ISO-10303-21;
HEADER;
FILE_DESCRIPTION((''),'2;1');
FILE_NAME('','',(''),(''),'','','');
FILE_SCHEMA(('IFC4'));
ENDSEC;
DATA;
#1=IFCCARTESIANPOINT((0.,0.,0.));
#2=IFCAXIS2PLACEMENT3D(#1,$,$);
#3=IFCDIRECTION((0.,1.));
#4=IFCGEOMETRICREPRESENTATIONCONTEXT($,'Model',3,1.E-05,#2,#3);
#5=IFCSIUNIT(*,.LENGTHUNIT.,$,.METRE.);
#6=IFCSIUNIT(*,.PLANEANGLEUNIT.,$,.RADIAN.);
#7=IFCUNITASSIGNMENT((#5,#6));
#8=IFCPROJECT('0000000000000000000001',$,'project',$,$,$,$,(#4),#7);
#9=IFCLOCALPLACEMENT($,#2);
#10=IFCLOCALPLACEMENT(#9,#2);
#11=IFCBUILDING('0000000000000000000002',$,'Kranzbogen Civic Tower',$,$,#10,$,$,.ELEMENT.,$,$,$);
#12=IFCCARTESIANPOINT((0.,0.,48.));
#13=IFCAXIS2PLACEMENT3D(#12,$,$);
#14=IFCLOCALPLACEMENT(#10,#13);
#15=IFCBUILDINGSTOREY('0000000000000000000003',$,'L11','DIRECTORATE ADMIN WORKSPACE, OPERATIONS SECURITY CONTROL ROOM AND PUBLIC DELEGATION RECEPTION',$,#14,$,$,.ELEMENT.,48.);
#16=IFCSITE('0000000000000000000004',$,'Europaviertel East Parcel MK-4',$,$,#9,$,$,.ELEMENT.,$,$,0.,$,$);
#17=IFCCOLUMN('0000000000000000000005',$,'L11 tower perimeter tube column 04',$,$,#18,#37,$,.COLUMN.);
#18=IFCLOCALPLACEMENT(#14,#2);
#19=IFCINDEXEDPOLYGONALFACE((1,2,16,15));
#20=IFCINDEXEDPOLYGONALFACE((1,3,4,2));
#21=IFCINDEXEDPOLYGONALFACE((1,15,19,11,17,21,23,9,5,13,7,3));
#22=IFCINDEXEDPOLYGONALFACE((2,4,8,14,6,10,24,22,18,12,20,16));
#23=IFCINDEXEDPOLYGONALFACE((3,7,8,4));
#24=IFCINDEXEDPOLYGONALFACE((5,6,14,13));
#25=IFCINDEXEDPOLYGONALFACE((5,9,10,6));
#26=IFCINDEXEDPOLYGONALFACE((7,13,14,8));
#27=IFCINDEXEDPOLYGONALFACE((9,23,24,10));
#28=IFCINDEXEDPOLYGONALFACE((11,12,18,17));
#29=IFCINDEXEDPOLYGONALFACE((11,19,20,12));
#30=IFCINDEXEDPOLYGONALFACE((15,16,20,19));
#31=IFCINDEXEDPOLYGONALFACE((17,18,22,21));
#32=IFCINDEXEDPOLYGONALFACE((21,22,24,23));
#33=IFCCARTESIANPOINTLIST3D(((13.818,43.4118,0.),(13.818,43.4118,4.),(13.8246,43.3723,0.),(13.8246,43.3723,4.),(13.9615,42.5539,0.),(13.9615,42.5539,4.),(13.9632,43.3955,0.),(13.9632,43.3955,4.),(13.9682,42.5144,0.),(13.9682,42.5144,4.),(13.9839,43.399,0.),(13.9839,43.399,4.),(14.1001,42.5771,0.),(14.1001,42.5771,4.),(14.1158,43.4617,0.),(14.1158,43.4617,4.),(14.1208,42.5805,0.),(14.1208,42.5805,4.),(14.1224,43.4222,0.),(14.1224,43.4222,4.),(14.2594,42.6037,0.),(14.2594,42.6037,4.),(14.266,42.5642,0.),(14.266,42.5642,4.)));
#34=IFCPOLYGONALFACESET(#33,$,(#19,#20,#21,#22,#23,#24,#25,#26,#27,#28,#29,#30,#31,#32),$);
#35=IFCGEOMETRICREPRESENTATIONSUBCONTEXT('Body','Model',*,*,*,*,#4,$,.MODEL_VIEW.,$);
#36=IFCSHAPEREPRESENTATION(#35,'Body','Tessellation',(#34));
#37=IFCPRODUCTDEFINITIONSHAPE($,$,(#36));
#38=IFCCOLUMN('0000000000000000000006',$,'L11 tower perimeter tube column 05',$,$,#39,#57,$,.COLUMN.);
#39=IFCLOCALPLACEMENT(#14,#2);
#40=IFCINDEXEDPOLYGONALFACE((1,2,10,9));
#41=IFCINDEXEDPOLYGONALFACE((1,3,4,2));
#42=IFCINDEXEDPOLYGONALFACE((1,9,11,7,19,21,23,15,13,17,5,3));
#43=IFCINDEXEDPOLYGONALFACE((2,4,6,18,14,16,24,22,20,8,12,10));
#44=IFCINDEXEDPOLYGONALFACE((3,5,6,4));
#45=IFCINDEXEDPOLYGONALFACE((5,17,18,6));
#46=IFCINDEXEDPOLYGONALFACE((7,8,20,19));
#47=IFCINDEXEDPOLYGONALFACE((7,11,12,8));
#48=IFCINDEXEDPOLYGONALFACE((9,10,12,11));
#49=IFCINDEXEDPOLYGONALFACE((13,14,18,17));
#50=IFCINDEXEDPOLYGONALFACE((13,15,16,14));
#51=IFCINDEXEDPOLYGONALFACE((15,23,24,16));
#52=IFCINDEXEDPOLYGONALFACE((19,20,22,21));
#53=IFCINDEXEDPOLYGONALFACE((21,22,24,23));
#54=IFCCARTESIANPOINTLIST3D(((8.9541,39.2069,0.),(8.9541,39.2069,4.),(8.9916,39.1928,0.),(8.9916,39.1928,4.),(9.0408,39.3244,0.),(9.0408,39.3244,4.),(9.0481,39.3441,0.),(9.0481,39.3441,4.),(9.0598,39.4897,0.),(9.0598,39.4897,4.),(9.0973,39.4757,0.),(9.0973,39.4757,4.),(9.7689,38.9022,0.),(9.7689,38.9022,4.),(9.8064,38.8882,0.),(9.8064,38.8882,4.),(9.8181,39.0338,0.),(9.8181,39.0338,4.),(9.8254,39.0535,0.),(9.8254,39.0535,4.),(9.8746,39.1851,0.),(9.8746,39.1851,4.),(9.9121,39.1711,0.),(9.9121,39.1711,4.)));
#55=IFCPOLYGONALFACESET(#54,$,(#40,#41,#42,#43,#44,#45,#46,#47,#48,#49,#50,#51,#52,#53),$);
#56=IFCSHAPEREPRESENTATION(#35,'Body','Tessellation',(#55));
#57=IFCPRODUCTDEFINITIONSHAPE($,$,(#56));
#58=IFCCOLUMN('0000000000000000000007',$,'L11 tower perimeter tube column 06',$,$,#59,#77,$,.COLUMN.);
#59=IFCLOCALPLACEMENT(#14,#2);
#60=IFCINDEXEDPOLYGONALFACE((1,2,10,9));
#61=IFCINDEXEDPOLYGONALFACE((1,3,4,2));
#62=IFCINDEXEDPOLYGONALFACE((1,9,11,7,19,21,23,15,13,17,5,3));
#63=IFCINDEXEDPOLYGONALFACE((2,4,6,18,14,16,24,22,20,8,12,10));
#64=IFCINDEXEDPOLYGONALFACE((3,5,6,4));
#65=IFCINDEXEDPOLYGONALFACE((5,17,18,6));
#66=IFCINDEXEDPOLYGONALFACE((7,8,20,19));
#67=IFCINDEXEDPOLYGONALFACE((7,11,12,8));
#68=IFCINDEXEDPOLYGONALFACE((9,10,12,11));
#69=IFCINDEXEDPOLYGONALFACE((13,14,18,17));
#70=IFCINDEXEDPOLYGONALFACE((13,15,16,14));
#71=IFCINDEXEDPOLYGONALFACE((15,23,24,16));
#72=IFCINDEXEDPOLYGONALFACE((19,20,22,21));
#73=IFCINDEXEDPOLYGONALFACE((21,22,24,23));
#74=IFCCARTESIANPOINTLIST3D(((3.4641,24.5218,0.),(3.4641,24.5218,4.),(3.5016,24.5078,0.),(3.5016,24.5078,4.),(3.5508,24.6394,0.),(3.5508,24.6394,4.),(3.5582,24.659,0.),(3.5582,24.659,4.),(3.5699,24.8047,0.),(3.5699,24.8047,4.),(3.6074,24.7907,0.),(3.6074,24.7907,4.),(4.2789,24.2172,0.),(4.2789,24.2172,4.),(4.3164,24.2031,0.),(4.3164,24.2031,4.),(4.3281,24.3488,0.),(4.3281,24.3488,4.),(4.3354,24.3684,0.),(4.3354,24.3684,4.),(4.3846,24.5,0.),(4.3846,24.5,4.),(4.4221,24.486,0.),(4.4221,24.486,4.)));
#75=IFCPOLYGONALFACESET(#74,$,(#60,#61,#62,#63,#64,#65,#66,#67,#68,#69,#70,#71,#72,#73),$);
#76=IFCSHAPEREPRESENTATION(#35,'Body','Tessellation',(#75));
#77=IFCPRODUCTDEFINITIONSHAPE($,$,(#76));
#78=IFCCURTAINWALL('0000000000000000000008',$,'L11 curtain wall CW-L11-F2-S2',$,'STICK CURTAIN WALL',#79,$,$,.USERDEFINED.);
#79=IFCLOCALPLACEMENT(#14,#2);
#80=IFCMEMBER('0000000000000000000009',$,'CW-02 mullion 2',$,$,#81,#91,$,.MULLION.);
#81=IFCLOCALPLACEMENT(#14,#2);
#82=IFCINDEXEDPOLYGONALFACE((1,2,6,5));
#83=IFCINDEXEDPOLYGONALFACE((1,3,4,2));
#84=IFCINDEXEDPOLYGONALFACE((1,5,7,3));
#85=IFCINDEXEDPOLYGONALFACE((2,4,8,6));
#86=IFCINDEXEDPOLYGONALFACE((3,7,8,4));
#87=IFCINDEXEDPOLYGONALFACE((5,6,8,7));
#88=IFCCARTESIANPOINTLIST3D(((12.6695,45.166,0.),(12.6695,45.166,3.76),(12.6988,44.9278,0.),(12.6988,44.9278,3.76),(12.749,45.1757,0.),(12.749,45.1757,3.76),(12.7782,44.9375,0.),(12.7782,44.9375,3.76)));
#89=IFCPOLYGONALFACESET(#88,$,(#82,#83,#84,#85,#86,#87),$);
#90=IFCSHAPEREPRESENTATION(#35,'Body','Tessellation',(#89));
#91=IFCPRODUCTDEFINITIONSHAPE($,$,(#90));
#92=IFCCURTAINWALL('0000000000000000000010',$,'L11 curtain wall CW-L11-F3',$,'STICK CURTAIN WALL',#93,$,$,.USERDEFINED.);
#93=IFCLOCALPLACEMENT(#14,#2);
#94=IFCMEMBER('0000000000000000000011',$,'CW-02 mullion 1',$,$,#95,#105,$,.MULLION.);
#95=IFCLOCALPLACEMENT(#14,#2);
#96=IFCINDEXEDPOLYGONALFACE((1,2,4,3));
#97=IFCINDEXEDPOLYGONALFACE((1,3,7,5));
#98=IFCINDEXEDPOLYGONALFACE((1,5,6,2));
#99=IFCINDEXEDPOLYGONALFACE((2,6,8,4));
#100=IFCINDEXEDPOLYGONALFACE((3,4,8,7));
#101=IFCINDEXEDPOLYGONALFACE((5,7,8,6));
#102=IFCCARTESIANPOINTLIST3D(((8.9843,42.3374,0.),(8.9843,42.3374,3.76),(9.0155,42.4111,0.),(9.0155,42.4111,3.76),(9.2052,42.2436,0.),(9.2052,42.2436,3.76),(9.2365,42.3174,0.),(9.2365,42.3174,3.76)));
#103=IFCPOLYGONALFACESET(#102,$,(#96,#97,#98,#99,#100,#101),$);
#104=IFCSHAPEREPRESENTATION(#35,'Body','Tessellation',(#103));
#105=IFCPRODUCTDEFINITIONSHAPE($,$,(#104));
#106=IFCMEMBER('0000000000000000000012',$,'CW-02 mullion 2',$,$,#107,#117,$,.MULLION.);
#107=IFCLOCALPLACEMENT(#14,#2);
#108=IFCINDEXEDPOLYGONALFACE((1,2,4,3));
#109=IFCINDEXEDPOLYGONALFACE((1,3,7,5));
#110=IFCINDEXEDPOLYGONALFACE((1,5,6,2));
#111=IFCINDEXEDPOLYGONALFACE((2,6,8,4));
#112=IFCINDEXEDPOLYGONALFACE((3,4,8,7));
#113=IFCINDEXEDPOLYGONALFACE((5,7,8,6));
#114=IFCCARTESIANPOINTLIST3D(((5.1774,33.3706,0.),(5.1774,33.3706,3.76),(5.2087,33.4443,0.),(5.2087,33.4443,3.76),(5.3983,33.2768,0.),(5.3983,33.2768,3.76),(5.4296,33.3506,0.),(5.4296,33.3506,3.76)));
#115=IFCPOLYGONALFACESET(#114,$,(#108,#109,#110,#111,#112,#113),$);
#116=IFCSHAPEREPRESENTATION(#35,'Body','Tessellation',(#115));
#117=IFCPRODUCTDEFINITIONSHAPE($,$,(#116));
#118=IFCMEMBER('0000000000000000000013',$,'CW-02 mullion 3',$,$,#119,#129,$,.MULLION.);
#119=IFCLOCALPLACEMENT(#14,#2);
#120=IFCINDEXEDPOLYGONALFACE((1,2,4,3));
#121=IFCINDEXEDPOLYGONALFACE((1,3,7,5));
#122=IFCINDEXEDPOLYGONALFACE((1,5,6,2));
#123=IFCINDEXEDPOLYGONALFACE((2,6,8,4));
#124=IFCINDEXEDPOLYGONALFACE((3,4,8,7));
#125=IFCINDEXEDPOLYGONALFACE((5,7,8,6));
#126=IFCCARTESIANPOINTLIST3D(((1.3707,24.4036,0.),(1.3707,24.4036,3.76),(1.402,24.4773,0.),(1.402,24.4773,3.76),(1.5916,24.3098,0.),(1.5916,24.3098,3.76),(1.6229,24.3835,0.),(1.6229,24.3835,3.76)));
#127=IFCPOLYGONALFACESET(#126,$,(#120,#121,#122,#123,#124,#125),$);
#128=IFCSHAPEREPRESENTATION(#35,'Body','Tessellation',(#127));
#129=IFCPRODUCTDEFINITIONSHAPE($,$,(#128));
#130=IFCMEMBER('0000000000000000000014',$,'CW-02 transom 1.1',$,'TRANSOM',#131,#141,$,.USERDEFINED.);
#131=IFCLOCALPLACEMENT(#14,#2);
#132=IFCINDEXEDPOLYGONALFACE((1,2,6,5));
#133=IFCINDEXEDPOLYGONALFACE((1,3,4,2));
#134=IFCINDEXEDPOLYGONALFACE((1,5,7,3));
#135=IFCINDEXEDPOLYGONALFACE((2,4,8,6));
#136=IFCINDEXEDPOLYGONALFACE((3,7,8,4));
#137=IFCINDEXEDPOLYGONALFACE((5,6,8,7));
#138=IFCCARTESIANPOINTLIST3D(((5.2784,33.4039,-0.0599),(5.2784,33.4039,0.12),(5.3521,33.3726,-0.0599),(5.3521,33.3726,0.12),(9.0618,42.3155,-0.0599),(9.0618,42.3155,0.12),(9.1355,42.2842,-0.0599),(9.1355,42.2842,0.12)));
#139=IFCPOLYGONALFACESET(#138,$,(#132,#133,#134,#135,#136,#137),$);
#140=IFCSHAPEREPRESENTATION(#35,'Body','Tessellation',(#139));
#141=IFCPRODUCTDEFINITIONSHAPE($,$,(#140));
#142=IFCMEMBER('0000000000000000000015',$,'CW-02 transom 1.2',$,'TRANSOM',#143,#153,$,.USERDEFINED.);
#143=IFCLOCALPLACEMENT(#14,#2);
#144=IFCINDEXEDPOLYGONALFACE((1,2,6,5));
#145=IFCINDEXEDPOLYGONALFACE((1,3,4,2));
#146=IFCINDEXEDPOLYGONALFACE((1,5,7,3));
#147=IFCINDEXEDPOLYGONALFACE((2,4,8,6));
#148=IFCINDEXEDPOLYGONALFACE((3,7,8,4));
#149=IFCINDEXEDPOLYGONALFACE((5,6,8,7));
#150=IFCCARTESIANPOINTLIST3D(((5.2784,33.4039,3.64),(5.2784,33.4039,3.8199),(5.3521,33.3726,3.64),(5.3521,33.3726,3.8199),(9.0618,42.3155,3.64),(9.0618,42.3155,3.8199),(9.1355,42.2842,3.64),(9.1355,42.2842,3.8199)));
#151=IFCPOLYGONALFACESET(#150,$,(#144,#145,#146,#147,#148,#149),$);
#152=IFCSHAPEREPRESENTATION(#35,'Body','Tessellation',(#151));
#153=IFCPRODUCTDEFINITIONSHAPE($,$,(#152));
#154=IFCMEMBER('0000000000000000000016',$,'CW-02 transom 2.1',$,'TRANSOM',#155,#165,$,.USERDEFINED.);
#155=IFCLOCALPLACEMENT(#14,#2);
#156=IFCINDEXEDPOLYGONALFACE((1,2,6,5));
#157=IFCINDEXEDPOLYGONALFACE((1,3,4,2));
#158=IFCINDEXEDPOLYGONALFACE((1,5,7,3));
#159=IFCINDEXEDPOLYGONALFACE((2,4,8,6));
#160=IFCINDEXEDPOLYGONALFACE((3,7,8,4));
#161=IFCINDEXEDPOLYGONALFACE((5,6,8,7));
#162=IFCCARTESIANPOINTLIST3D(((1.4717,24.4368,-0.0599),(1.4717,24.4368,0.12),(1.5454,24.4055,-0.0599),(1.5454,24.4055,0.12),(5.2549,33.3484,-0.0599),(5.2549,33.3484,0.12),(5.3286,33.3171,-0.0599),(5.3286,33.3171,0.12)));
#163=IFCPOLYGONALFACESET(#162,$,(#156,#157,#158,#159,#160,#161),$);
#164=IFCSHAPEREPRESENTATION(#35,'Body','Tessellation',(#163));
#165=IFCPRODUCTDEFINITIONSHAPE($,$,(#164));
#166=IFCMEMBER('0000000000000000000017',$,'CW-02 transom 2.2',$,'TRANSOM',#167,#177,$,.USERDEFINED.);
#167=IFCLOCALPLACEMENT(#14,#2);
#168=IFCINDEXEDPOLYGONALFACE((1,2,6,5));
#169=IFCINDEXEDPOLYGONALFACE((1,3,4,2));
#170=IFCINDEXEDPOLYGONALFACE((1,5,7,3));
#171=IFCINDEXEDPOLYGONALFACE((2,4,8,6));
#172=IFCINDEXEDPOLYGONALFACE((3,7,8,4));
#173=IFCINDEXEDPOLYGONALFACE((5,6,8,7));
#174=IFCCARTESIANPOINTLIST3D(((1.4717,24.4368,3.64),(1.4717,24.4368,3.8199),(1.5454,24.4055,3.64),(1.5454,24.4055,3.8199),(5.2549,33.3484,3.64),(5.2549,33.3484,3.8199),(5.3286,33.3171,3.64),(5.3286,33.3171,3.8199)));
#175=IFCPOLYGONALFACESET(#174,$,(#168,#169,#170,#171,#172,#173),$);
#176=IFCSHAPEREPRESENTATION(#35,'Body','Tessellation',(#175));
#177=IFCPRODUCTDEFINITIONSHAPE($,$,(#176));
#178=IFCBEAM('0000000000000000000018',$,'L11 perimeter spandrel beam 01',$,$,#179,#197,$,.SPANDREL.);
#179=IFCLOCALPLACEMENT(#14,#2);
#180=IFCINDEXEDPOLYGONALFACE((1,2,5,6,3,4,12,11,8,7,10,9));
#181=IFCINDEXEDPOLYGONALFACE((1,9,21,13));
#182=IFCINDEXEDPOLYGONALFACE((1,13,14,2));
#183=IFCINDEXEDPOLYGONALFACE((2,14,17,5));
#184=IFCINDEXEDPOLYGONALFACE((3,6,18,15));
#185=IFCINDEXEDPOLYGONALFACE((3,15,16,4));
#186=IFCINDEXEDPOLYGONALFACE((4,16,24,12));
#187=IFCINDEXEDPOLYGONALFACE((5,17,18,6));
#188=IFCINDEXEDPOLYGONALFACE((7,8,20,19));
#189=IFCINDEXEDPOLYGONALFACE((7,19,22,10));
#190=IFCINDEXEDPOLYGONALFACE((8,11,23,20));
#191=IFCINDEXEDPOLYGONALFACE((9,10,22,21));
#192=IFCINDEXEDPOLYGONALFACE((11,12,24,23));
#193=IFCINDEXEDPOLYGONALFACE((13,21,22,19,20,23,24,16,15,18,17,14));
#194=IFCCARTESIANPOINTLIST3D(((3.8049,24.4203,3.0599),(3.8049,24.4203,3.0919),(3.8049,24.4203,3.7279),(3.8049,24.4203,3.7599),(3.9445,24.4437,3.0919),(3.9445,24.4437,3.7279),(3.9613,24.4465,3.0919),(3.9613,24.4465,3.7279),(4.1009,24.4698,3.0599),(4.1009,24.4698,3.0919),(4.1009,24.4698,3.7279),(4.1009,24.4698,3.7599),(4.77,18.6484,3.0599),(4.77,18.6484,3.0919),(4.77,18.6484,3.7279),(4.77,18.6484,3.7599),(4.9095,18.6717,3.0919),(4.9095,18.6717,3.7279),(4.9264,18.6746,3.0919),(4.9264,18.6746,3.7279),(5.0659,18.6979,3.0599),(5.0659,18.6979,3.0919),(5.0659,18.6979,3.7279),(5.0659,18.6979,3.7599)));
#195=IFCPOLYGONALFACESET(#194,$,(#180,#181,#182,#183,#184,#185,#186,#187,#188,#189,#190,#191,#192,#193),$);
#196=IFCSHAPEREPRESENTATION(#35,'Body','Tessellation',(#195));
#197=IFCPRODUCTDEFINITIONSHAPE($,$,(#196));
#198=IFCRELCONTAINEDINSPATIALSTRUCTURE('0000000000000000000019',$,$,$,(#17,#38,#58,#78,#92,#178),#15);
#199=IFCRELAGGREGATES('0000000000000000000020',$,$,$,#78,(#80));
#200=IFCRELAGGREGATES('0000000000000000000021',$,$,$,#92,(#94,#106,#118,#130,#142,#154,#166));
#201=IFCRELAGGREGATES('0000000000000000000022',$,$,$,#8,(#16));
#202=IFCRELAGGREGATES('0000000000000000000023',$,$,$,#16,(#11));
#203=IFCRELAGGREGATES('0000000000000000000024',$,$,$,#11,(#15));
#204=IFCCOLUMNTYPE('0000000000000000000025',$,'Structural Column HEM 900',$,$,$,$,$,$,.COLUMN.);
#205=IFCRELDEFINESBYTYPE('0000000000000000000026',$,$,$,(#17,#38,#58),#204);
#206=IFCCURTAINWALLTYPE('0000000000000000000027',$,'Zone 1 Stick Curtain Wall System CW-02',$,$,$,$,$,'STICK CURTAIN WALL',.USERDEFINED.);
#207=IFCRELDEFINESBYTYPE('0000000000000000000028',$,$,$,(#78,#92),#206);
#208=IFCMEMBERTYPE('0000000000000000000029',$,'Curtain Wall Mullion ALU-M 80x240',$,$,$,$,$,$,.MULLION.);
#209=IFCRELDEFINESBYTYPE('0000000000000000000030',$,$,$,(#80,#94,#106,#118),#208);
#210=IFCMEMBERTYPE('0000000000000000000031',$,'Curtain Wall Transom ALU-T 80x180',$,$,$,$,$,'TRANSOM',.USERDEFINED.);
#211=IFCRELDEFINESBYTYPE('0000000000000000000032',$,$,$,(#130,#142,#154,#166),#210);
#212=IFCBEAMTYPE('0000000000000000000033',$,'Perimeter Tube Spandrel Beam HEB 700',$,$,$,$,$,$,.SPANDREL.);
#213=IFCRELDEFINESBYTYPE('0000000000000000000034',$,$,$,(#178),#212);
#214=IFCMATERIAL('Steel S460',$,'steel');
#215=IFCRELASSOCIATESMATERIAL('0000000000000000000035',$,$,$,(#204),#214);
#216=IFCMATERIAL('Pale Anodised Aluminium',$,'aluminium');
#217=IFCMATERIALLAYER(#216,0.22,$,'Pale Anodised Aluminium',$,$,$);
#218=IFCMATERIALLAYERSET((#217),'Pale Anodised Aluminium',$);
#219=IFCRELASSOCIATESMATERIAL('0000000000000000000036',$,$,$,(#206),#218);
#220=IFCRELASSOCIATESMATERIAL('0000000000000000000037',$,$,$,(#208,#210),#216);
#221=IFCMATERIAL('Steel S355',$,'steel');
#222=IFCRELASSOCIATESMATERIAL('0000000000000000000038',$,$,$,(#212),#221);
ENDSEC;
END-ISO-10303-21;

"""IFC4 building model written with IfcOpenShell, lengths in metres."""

from ifc_helpers import new_model, si_unit, direction, frame, origin, origin_2d, place, context, subcontext, project, spatial, rectangle, i_section, extrude, material, layer, layer_set, material_profile, profile_set, type_object, element, aggregate, save


model = new_model("IFC4")

# Units and contexts
model_context = context("Model", 3, precision=1e-05, world=origin(), true_north=direction((0.0, 1.0)))
body_context = subcontext(model_context, "Body", "Model", "MODEL_VIEW")
ifc_project = project(units=[si_unit("LENGTHUNIT", "METRE"), si_unit("PLANEANGLEUNIT", "RADIAN")], contexts=[model_context])

# Site, building, storey
site_placement = place(None, origin())
site = spatial("IfcSite", under=ifc_project, at=site_placement, Name="Europaviertel East Parcel MK-4", CompositionType="ELEMENT", RefElevation=0.0)
building_placement = place(site_placement, origin())
building = spatial("IfcBuilding", under=site, at=building_placement, Name="Kranzbogen Civic Tower", CompositionType="ELEMENT")
storey_placement = place(building_placement, frame((0.0, 0.0, 48.0)))
storey = spatial("IfcBuildingStorey", under=building, at=storey_placement, Name="L11", Description="DIRECTORATE ADMIN WORKSPACE, OPERATIONS SECURITY CONTROL ROOM AND PUBLIC DELEGATION RECEPTION", CompositionType="ELEMENT", Elevation=48.0)

# Columns
ifc_material_1 = material(Name="Steel S460", Category="steel")
ifc_material_profile_1 = material_profile(ifc_material_1, i_section(OverallWidth=0.302, OverallDepth=0.9099, WebThickness=0.021, FlangeThickness=0.04, at=origin_2d()), Name="HEM 900")
ifc_profile_set_1 = profile_set([ifc_material_profile_1], Name="Steel S460")
column_type = type_object("IfcColumnType", Name="Structural Column HEM 900", PredefinedType="COLUMN", material=ifc_profile_set_1)
for number, where, z_axis, x_axis, name in (
    (1, (14.042, 42.988, 0.0), (0.0, 0.0, 1.0), (0.986286, 0.165048, 0.0), "L11 tower perimeter tube column 04"),
    (2, (9.4331, 39.189, 0.0), (0.0, 0.0, 1.0), (0.350207, 0.936672, 0.0), "L11 tower perimeter tube column 05"),
    (3, (3.9431, 24.5039, 0.0), (0.0, 0.0, 1.0), (0.350207, 0.936672, 0.0), "L11 tower perimeter tube column 06"),
):
    element("IfcColumn", number, at=place(storey_placement, frame(where, z_axis=z_axis, x_axis=x_axis)), inside=storey, type_object=column_type, Name=name, PredefinedType="COLUMN", context=body_context, shape_type="SweptSolid", body=[
        extrude(i_section(OverallWidth=0.302, OverallDepth=0.9099, WebThickness=0.021, FlangeThickness=0.04, at=origin_2d()), origin(), (0.0, 0.0, 1.0), 4.0),
    ])

# Curtain wall, member
ifc_material_2 = material(Name="Pale Anodised Aluminium", Category="aluminium")
ifc_layer_1 = layer(ifc_material_2, 0.22, Name="Pale Anodised Aluminium")
ifc_layer_set_1 = layer_set([ifc_layer_1], Name="Pale Anodised Aluminium")
curtain_wall_type = type_object("IfcCurtainWallType", Name="Zone 1 Stick Curtain Wall System CW-02", ElementType="STICK CURTAIN WALL", PredefinedType="USERDEFINED", material=ifc_layer_set_1)
curtain_wall_1_placement = place(storey_placement, origin())
curtain_wall_1 = element("IfcCurtainWall", 4, at=curtain_wall_1_placement, inside=storey, type_object=curtain_wall_type, Name="L11 curtain wall CW-L11-F2-S2", ObjectType="STICK CURTAIN WALL", PredefinedType="USERDEFINED")
ifc_material_profile_2 = material_profile(ifc_material_2, rectangle(XDim=0.0801, YDim=0.24, at=origin_2d()), Name="ALU-M 80x240")
ifc_profile_set_2 = profile_set([ifc_material_profile_2], Name="Pale Anodised Aluminium")
member_type_1 = type_object("IfcMemberType", Name="Curtain Wall Mullion ALU-M 80x240", PredefinedType="MULLION", material=ifc_profile_set_2)
member_1_placement = place(storey_placement, frame((12.7239, 45.0518, 0.0), z_axis=(0.0, 0.0, 1.0), x_axis=(-0.992554, -0.121809, 0.0)))
member_1 = element("IfcMember", 5, at=member_1_placement, type_object=member_type_1, Name="CW-02 mullion 2", PredefinedType="MULLION", context=body_context, shape_type="SweptSolid", body=[
    extrude(rectangle(XDim=0.0801, YDim=0.24, at=origin_2d()), origin(), (0.0, 0.0, 1.0), 3.76),
])

# Curtain wall, members
curtain_wall_2_placement = place(storey_placement, origin())
curtain_wall_2 = element("IfcCurtainWall", 6, at=curtain_wall_2_placement, inside=storey, type_object=curtain_wall_type, Name="L11 curtain wall CW-L11-F3", ObjectType="STICK CURTAIN WALL", PredefinedType="USERDEFINED")
member_2_placement = place(storey_placement, frame((9.1104, 42.3274, 0.0), z_axis=(0.0, 0.0, 1.0), x_axis=(-0.39078, -0.920484, 0.0)))
member_2 = element("IfcMember", 7, at=member_2_placement, type_object=member_type_1, Name="CW-02 mullion 1", PredefinedType="MULLION", context=body_context, shape_type="SweptSolid", body=[
    extrude(rectangle(XDim=0.0801, YDim=0.24, at=origin_2d()), origin(), (0.0, 0.0, 1.0), 3.76),
])
member_3_placement = place(storey_placement, frame((5.3035, 33.3606, 0.0), z_axis=(0.0, 0.0, 1.0), x_axis=(-0.39078, -0.920484, 0.0)))
member_3 = element("IfcMember", 8, at=member_3_placement, type_object=member_type_1, Name="CW-02 mullion 2", PredefinedType="MULLION", context=body_context, shape_type="SweptSolid", body=[
    extrude(rectangle(XDim=0.0801, YDim=0.24, at=origin_2d()), origin(), (0.0, 0.0, 1.0), 3.76),
])
member_4_placement = place(storey_placement, frame((1.4968, 24.3936, 0.0), z_axis=(0.0, 0.0, 1.0), x_axis=(-0.39078, -0.920484, 0.0)))
member_4 = element("IfcMember", 9, at=member_4_placement, type_object=member_type_1, Name="CW-02 mullion 3", PredefinedType="MULLION", context=body_context, shape_type="SweptSolid", body=[
    extrude(rectangle(XDim=0.0801, YDim=0.24, at=origin_2d()), origin(), (0.0, 0.0, 1.0), 3.76),
])
ifc_material_profile_3 = material_profile(ifc_material_2, rectangle(XDim=0.0801, YDim=0.1799, at=origin_2d()), Name="ALU-T 80x180")
ifc_profile_set_3 = profile_set([ifc_material_profile_3], Name="Pale Anodised Aluminium")
member_type_2 = type_object("IfcMemberType", Name="Curtain Wall Transom ALU-T 80x180", ElementType="TRANSOM", PredefinedType="USERDEFINED", material=ifc_profile_set_3)
member_5_placement = place(storey_placement, frame((9.0986, 42.2998, 0.03), z_axis=(-0.390791, -0.920479, 0.0), x_axis=(0.920479, -0.390791, 0.0)))
member_5 = element("IfcMember", 10, at=member_5_placement, type_object=member_type_2, Name="CW-02 transom 1.1", ObjectType="TRANSOM", PredefinedType="USERDEFINED", context=body_context, shape_type="SweptSolid", body=[
    extrude(rectangle(XDim=0.0801, YDim=0.1799, at=origin_2d()), origin(), (0.0, 0.0, 1.0), 9.6814),
])
member_6_placement = place(storey_placement, frame((9.0986, 42.2998, 3.73), z_axis=(-0.390791, -0.920479, 0.0), x_axis=(0.920479, -0.390791, 0.0)))
member_6 = element("IfcMember", 11, at=member_6_placement, type_object=member_type_2, Name="CW-02 transom 1.2", ObjectType="TRANSOM", PredefinedType="USERDEFINED", context=body_context, shape_type="SweptSolid", body=[
    extrude(rectangle(XDim=0.0801, YDim=0.1799, at=origin_2d()), origin(), (0.0, 0.0, 1.0), 9.6814),
])
member_7_placement = place(storey_placement, frame((5.2917, 33.3328, 0.03), z_axis=(-0.39077, -0.920488, 0.0), x_axis=(0.920488, -0.39077, 0.0)))
member_7 = element("IfcMember", 12, at=member_7_placement, type_object=member_type_2, Name="CW-02 transom 2.1", ObjectType="TRANSOM", PredefinedType="USERDEFINED", context=body_context, shape_type="SweptSolid", body=[
    extrude(rectangle(XDim=0.0801, YDim=0.1799, at=origin_2d()), origin(), (0.0, 0.0, 1.0), 9.6814),
])
member_8_placement = place(storey_placement, frame((5.2917, 33.3328, 3.73), z_axis=(-0.39077, -0.920488, 0.0), x_axis=(0.920488, -0.39077, 0.0)))
member_8 = element("IfcMember", 13, at=member_8_placement, type_object=member_type_2, Name="CW-02 transom 2.2", ObjectType="TRANSOM", PredefinedType="USERDEFINED", context=body_context, shape_type="SweptSolid", body=[
    extrude(rectangle(XDim=0.0801, YDim=0.1799, at=origin_2d()), origin(), (0.0, 0.0, 1.0), 9.6814),
])

# Beam
ifc_material_3 = material(Name="Steel S355", Category="steel")
ifc_material_profile_4 = material_profile(ifc_material_3, i_section(OverallWidth=0.3, OverallDepth=0.7, WebThickness=0.0171, FlangeThickness=0.032, at=origin_2d()), Name="HEB 700")
ifc_profile_set_4 = profile_set([ifc_material_profile_4], Name="Steel S355")
beam_type_1 = type_object("IfcBeamType", Name="Perimeter Tube Spandrel Beam HEB 700", PredefinedType="SPANDREL", material=ifc_profile_set_4)
beam_1_placement = place(storey_placement, frame((3.9529, 24.4451, 3.4099), z_axis=(0.164913, -0.986308, 0.0), x_axis=(0.986308, 0.164913, 0.0)))
element("IfcBeam", 14, at=beam_1_placement, inside=storey, type_object=beam_type_1, Name="L11 perimeter spandrel beam 01", PredefinedType="SPANDREL", context=body_context, shape_type="SweptSolid", body=[
    extrude(i_section(OverallWidth=0.3, OverallDepth=0.7, WebThickness=0.0171, FlangeThickness=0.032, at=origin_2d()), origin(), (0.0, 0.0, 1.0), 5.8521),
])

aggregate(curtain_wall_1, [member_1])
aggregate(curtain_wall_2, [member_2, member_3, member_4, member_5, member_6, member_7, member_8])

save(model, "model.ifc")
